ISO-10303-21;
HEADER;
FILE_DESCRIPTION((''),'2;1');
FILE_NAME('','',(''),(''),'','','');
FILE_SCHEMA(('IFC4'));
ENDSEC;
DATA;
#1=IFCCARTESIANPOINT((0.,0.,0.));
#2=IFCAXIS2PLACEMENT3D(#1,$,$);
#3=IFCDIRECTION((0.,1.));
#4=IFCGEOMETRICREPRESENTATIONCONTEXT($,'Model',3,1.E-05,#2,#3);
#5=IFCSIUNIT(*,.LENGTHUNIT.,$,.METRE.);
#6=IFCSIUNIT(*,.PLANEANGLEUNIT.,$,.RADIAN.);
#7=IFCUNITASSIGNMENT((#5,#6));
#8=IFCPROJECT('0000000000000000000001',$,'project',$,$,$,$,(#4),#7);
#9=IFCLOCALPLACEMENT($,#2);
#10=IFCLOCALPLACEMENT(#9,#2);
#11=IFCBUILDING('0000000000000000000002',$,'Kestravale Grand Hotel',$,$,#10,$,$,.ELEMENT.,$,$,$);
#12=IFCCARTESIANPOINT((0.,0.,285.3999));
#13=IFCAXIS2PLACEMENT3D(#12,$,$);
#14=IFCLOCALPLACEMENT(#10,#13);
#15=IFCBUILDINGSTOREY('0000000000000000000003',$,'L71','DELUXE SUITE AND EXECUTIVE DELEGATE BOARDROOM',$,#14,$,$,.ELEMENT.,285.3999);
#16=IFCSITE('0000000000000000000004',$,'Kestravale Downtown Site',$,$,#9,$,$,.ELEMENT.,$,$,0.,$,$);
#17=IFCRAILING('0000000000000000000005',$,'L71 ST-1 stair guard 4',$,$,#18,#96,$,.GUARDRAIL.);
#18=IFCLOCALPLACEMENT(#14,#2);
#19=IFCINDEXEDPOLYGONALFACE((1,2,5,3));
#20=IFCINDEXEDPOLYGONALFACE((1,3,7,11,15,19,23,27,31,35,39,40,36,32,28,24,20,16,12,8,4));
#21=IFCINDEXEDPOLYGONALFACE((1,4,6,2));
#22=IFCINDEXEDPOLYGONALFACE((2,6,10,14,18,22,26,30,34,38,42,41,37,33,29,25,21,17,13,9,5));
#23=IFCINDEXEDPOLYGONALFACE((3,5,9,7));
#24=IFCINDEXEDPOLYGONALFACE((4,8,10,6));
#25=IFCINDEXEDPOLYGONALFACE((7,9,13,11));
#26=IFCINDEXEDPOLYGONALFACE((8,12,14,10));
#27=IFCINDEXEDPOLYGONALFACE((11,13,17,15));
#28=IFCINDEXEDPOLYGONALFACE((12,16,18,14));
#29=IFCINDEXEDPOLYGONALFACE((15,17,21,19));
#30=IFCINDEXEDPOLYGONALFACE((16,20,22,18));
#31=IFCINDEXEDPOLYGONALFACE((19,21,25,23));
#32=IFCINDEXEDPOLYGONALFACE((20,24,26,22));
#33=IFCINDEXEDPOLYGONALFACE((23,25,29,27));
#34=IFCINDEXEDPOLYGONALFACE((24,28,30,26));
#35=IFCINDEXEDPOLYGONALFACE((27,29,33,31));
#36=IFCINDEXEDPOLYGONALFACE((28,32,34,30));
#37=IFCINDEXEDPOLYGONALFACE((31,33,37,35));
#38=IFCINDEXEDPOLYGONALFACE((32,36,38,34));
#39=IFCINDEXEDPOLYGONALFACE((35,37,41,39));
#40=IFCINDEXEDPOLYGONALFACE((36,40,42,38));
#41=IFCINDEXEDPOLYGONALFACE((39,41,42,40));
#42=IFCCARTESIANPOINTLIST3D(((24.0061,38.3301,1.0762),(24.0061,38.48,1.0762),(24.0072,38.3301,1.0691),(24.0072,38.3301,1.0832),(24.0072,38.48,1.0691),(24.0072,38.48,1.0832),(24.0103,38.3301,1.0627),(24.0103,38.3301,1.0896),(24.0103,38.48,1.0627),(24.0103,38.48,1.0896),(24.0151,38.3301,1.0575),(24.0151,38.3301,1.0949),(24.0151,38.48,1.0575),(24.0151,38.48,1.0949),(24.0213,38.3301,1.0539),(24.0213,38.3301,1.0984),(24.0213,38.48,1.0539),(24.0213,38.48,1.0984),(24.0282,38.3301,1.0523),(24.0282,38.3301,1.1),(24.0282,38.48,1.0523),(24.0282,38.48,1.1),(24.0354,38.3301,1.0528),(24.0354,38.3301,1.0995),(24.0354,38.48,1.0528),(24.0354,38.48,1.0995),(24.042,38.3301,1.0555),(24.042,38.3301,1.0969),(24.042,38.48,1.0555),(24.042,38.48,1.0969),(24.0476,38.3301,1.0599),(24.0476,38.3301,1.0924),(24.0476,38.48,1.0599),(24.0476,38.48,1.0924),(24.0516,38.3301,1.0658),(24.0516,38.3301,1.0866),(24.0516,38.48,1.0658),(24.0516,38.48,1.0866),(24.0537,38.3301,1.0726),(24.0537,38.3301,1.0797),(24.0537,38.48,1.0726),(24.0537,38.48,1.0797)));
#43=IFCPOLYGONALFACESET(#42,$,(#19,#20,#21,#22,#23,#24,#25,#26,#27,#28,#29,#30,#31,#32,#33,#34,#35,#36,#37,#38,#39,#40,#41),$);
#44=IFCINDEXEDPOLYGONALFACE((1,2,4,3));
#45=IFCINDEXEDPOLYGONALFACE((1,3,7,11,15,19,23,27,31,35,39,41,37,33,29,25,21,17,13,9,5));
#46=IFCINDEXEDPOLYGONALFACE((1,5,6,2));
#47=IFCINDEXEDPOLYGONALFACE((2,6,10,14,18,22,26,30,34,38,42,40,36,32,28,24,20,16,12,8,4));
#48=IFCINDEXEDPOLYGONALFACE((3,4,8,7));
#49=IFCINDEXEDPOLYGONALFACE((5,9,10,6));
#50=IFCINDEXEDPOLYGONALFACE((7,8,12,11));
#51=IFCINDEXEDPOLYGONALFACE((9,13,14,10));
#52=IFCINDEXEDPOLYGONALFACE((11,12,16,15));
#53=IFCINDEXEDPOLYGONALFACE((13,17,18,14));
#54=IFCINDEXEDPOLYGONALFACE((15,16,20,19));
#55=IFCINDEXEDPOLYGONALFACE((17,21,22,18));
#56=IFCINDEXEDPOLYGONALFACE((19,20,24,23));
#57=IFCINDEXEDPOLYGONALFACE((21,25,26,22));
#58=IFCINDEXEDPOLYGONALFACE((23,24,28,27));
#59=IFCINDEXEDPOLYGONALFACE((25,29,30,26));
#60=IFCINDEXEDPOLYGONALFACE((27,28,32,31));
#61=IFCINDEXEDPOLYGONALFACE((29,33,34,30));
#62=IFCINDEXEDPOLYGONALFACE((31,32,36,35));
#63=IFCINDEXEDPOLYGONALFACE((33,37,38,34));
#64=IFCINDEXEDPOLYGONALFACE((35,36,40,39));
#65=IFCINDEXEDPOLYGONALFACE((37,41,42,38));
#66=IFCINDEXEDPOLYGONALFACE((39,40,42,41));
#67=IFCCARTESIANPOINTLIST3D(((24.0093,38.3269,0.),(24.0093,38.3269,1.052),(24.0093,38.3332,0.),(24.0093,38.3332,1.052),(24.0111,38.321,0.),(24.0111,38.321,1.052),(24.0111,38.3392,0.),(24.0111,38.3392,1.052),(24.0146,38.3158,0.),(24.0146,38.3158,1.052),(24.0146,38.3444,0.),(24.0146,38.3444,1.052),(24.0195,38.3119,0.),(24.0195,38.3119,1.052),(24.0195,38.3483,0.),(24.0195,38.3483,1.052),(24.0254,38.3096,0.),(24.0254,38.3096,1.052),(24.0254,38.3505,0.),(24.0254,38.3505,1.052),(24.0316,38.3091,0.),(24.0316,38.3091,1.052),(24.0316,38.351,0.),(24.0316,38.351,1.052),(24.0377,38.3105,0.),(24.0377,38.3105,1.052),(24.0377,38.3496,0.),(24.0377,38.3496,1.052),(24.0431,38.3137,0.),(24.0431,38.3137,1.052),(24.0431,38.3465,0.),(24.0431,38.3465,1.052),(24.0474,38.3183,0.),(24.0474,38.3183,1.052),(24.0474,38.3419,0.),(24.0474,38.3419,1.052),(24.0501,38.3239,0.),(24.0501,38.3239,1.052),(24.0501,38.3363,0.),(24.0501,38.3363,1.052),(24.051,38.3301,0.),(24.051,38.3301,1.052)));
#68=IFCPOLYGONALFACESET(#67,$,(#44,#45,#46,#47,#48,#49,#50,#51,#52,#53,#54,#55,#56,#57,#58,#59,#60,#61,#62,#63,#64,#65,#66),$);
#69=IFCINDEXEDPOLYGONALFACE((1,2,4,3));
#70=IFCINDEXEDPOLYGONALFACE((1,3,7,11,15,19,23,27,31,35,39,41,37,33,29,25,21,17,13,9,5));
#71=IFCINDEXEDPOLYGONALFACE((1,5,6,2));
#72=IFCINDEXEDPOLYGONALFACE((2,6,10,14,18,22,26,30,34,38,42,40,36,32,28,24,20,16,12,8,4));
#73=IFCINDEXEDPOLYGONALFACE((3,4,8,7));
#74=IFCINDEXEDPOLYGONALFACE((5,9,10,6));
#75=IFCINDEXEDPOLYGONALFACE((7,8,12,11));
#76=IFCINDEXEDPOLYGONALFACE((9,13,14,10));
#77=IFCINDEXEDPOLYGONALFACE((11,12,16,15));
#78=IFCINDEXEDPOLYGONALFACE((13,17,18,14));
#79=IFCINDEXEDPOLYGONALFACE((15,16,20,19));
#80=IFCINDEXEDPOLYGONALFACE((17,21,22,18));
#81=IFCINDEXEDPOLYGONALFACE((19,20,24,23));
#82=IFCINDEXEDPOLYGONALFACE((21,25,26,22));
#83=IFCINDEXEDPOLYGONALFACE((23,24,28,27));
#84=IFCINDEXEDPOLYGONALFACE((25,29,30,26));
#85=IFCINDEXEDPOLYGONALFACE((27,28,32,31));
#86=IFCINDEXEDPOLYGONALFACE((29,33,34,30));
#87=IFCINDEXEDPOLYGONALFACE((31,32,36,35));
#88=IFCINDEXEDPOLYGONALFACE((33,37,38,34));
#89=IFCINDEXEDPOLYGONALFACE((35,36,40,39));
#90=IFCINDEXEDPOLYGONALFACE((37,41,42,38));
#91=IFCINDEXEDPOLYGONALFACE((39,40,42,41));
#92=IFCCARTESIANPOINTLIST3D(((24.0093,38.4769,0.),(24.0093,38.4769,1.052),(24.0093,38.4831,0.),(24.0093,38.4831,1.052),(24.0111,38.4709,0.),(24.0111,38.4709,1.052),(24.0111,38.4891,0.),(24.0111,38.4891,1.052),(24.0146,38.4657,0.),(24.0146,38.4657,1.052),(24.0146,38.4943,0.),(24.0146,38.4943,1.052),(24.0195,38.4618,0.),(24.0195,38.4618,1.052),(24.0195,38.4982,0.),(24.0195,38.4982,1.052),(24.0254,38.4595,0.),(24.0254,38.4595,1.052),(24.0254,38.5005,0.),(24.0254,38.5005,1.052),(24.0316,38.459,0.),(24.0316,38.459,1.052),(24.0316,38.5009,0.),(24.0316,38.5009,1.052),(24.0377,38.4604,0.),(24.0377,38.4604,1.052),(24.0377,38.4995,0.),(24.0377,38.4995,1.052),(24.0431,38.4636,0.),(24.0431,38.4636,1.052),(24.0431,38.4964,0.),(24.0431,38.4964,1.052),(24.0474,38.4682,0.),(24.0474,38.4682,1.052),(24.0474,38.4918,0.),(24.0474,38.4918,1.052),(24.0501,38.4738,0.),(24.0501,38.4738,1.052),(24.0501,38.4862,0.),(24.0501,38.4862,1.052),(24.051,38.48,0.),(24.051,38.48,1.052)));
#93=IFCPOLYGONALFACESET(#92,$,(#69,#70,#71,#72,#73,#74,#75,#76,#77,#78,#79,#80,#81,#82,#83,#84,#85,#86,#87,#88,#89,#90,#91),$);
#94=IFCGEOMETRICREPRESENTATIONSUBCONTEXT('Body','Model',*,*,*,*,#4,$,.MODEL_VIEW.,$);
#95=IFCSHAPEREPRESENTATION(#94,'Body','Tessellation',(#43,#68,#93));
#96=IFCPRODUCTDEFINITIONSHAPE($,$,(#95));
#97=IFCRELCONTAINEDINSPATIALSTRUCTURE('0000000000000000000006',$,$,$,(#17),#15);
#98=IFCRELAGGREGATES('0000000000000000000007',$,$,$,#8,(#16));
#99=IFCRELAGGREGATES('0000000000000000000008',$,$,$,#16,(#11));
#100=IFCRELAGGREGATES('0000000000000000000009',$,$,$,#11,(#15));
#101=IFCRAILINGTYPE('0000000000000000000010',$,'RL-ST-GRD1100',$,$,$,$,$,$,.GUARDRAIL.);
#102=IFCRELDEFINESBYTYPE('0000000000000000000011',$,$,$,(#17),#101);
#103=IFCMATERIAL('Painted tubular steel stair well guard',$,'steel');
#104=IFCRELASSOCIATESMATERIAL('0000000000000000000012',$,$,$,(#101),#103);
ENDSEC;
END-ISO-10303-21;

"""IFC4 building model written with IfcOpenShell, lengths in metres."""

from ifc_helpers import new_model, si_unit, direction, frame, origin, origin_2d, place, context, subcontext, project, spatial, circle, extrude, material, type_object, element, save


model = new_model("IFC4")

# Units and contexts
model_context = context("Model", 3, precision=1e-05, world=origin(), true_north=direction((0.0, 1.0)))
body_context = subcontext(model_context, "Body", "Model", "MODEL_VIEW")
ifc_project = project(units=[si_unit("LENGTHUNIT", "METRE"), si_unit("PLANEANGLEUNIT", "RADIAN")], contexts=[model_context])

# Site, building, storey
site_placement = place(None, origin())
site = spatial("IfcSite", under=ifc_project, at=site_placement, Name="Kestravale Downtown Site", CompositionType="ELEMENT", RefElevation=0.0)
building_placement = place(site_placement, origin())
building = spatial("IfcBuilding", under=site, at=building_placement, Name="Kestravale Grand Hotel", CompositionType="ELEMENT")
storey_placement = place(building_placement, frame((0.0, 0.0, 285.3999)))
storey = spatial("IfcBuildingStorey", under=building, at=storey_placement, Name="L71", Description="DELUXE SUITE AND EXECUTIVE DELEGATE BOARDROOM", CompositionType="ELEMENT", Elevation=285.3999)

# Railing
ifc_material_1 = material(Name="Painted tubular steel stair well guard", Category="steel")
railing_type = type_object("IfcRailingType", Name="RL-ST-GRD1100", PredefinedType="GUARDRAIL", material=ifc_material_1)
railing_placement = place(storey_placement, frame((24.03, 38.3301, 0.0)))
element("IfcRailing", 1, at=railing_placement, inside=storey, type_object=railing_type, Name="L71 ST-1 stair guard 4", PredefinedType="GUARDRAIL", context=body_context, shape_type="SweptSolid", body=[
    extrude(circle(Radius=0.0239, at=origin_2d()), frame((0.0, 0.0, 1.0762), z_axis=(0.0, 1.0, 0.0), x_axis=(-1.0, 0.0, 0.0)), (0.0, 0.0, 1.0), 0.1499),
    extrude(circle(Radius=0.021, at=origin_2d()), origin(), (0.0, 0.0, 1.0), 1.052),
    extrude(circle(Radius=0.021, at=origin_2d()), frame((0.0, 0.1499, 0.0)), (0.0, 0.0, 1.0), 1.052),
])

save(model, "model.ifc")
